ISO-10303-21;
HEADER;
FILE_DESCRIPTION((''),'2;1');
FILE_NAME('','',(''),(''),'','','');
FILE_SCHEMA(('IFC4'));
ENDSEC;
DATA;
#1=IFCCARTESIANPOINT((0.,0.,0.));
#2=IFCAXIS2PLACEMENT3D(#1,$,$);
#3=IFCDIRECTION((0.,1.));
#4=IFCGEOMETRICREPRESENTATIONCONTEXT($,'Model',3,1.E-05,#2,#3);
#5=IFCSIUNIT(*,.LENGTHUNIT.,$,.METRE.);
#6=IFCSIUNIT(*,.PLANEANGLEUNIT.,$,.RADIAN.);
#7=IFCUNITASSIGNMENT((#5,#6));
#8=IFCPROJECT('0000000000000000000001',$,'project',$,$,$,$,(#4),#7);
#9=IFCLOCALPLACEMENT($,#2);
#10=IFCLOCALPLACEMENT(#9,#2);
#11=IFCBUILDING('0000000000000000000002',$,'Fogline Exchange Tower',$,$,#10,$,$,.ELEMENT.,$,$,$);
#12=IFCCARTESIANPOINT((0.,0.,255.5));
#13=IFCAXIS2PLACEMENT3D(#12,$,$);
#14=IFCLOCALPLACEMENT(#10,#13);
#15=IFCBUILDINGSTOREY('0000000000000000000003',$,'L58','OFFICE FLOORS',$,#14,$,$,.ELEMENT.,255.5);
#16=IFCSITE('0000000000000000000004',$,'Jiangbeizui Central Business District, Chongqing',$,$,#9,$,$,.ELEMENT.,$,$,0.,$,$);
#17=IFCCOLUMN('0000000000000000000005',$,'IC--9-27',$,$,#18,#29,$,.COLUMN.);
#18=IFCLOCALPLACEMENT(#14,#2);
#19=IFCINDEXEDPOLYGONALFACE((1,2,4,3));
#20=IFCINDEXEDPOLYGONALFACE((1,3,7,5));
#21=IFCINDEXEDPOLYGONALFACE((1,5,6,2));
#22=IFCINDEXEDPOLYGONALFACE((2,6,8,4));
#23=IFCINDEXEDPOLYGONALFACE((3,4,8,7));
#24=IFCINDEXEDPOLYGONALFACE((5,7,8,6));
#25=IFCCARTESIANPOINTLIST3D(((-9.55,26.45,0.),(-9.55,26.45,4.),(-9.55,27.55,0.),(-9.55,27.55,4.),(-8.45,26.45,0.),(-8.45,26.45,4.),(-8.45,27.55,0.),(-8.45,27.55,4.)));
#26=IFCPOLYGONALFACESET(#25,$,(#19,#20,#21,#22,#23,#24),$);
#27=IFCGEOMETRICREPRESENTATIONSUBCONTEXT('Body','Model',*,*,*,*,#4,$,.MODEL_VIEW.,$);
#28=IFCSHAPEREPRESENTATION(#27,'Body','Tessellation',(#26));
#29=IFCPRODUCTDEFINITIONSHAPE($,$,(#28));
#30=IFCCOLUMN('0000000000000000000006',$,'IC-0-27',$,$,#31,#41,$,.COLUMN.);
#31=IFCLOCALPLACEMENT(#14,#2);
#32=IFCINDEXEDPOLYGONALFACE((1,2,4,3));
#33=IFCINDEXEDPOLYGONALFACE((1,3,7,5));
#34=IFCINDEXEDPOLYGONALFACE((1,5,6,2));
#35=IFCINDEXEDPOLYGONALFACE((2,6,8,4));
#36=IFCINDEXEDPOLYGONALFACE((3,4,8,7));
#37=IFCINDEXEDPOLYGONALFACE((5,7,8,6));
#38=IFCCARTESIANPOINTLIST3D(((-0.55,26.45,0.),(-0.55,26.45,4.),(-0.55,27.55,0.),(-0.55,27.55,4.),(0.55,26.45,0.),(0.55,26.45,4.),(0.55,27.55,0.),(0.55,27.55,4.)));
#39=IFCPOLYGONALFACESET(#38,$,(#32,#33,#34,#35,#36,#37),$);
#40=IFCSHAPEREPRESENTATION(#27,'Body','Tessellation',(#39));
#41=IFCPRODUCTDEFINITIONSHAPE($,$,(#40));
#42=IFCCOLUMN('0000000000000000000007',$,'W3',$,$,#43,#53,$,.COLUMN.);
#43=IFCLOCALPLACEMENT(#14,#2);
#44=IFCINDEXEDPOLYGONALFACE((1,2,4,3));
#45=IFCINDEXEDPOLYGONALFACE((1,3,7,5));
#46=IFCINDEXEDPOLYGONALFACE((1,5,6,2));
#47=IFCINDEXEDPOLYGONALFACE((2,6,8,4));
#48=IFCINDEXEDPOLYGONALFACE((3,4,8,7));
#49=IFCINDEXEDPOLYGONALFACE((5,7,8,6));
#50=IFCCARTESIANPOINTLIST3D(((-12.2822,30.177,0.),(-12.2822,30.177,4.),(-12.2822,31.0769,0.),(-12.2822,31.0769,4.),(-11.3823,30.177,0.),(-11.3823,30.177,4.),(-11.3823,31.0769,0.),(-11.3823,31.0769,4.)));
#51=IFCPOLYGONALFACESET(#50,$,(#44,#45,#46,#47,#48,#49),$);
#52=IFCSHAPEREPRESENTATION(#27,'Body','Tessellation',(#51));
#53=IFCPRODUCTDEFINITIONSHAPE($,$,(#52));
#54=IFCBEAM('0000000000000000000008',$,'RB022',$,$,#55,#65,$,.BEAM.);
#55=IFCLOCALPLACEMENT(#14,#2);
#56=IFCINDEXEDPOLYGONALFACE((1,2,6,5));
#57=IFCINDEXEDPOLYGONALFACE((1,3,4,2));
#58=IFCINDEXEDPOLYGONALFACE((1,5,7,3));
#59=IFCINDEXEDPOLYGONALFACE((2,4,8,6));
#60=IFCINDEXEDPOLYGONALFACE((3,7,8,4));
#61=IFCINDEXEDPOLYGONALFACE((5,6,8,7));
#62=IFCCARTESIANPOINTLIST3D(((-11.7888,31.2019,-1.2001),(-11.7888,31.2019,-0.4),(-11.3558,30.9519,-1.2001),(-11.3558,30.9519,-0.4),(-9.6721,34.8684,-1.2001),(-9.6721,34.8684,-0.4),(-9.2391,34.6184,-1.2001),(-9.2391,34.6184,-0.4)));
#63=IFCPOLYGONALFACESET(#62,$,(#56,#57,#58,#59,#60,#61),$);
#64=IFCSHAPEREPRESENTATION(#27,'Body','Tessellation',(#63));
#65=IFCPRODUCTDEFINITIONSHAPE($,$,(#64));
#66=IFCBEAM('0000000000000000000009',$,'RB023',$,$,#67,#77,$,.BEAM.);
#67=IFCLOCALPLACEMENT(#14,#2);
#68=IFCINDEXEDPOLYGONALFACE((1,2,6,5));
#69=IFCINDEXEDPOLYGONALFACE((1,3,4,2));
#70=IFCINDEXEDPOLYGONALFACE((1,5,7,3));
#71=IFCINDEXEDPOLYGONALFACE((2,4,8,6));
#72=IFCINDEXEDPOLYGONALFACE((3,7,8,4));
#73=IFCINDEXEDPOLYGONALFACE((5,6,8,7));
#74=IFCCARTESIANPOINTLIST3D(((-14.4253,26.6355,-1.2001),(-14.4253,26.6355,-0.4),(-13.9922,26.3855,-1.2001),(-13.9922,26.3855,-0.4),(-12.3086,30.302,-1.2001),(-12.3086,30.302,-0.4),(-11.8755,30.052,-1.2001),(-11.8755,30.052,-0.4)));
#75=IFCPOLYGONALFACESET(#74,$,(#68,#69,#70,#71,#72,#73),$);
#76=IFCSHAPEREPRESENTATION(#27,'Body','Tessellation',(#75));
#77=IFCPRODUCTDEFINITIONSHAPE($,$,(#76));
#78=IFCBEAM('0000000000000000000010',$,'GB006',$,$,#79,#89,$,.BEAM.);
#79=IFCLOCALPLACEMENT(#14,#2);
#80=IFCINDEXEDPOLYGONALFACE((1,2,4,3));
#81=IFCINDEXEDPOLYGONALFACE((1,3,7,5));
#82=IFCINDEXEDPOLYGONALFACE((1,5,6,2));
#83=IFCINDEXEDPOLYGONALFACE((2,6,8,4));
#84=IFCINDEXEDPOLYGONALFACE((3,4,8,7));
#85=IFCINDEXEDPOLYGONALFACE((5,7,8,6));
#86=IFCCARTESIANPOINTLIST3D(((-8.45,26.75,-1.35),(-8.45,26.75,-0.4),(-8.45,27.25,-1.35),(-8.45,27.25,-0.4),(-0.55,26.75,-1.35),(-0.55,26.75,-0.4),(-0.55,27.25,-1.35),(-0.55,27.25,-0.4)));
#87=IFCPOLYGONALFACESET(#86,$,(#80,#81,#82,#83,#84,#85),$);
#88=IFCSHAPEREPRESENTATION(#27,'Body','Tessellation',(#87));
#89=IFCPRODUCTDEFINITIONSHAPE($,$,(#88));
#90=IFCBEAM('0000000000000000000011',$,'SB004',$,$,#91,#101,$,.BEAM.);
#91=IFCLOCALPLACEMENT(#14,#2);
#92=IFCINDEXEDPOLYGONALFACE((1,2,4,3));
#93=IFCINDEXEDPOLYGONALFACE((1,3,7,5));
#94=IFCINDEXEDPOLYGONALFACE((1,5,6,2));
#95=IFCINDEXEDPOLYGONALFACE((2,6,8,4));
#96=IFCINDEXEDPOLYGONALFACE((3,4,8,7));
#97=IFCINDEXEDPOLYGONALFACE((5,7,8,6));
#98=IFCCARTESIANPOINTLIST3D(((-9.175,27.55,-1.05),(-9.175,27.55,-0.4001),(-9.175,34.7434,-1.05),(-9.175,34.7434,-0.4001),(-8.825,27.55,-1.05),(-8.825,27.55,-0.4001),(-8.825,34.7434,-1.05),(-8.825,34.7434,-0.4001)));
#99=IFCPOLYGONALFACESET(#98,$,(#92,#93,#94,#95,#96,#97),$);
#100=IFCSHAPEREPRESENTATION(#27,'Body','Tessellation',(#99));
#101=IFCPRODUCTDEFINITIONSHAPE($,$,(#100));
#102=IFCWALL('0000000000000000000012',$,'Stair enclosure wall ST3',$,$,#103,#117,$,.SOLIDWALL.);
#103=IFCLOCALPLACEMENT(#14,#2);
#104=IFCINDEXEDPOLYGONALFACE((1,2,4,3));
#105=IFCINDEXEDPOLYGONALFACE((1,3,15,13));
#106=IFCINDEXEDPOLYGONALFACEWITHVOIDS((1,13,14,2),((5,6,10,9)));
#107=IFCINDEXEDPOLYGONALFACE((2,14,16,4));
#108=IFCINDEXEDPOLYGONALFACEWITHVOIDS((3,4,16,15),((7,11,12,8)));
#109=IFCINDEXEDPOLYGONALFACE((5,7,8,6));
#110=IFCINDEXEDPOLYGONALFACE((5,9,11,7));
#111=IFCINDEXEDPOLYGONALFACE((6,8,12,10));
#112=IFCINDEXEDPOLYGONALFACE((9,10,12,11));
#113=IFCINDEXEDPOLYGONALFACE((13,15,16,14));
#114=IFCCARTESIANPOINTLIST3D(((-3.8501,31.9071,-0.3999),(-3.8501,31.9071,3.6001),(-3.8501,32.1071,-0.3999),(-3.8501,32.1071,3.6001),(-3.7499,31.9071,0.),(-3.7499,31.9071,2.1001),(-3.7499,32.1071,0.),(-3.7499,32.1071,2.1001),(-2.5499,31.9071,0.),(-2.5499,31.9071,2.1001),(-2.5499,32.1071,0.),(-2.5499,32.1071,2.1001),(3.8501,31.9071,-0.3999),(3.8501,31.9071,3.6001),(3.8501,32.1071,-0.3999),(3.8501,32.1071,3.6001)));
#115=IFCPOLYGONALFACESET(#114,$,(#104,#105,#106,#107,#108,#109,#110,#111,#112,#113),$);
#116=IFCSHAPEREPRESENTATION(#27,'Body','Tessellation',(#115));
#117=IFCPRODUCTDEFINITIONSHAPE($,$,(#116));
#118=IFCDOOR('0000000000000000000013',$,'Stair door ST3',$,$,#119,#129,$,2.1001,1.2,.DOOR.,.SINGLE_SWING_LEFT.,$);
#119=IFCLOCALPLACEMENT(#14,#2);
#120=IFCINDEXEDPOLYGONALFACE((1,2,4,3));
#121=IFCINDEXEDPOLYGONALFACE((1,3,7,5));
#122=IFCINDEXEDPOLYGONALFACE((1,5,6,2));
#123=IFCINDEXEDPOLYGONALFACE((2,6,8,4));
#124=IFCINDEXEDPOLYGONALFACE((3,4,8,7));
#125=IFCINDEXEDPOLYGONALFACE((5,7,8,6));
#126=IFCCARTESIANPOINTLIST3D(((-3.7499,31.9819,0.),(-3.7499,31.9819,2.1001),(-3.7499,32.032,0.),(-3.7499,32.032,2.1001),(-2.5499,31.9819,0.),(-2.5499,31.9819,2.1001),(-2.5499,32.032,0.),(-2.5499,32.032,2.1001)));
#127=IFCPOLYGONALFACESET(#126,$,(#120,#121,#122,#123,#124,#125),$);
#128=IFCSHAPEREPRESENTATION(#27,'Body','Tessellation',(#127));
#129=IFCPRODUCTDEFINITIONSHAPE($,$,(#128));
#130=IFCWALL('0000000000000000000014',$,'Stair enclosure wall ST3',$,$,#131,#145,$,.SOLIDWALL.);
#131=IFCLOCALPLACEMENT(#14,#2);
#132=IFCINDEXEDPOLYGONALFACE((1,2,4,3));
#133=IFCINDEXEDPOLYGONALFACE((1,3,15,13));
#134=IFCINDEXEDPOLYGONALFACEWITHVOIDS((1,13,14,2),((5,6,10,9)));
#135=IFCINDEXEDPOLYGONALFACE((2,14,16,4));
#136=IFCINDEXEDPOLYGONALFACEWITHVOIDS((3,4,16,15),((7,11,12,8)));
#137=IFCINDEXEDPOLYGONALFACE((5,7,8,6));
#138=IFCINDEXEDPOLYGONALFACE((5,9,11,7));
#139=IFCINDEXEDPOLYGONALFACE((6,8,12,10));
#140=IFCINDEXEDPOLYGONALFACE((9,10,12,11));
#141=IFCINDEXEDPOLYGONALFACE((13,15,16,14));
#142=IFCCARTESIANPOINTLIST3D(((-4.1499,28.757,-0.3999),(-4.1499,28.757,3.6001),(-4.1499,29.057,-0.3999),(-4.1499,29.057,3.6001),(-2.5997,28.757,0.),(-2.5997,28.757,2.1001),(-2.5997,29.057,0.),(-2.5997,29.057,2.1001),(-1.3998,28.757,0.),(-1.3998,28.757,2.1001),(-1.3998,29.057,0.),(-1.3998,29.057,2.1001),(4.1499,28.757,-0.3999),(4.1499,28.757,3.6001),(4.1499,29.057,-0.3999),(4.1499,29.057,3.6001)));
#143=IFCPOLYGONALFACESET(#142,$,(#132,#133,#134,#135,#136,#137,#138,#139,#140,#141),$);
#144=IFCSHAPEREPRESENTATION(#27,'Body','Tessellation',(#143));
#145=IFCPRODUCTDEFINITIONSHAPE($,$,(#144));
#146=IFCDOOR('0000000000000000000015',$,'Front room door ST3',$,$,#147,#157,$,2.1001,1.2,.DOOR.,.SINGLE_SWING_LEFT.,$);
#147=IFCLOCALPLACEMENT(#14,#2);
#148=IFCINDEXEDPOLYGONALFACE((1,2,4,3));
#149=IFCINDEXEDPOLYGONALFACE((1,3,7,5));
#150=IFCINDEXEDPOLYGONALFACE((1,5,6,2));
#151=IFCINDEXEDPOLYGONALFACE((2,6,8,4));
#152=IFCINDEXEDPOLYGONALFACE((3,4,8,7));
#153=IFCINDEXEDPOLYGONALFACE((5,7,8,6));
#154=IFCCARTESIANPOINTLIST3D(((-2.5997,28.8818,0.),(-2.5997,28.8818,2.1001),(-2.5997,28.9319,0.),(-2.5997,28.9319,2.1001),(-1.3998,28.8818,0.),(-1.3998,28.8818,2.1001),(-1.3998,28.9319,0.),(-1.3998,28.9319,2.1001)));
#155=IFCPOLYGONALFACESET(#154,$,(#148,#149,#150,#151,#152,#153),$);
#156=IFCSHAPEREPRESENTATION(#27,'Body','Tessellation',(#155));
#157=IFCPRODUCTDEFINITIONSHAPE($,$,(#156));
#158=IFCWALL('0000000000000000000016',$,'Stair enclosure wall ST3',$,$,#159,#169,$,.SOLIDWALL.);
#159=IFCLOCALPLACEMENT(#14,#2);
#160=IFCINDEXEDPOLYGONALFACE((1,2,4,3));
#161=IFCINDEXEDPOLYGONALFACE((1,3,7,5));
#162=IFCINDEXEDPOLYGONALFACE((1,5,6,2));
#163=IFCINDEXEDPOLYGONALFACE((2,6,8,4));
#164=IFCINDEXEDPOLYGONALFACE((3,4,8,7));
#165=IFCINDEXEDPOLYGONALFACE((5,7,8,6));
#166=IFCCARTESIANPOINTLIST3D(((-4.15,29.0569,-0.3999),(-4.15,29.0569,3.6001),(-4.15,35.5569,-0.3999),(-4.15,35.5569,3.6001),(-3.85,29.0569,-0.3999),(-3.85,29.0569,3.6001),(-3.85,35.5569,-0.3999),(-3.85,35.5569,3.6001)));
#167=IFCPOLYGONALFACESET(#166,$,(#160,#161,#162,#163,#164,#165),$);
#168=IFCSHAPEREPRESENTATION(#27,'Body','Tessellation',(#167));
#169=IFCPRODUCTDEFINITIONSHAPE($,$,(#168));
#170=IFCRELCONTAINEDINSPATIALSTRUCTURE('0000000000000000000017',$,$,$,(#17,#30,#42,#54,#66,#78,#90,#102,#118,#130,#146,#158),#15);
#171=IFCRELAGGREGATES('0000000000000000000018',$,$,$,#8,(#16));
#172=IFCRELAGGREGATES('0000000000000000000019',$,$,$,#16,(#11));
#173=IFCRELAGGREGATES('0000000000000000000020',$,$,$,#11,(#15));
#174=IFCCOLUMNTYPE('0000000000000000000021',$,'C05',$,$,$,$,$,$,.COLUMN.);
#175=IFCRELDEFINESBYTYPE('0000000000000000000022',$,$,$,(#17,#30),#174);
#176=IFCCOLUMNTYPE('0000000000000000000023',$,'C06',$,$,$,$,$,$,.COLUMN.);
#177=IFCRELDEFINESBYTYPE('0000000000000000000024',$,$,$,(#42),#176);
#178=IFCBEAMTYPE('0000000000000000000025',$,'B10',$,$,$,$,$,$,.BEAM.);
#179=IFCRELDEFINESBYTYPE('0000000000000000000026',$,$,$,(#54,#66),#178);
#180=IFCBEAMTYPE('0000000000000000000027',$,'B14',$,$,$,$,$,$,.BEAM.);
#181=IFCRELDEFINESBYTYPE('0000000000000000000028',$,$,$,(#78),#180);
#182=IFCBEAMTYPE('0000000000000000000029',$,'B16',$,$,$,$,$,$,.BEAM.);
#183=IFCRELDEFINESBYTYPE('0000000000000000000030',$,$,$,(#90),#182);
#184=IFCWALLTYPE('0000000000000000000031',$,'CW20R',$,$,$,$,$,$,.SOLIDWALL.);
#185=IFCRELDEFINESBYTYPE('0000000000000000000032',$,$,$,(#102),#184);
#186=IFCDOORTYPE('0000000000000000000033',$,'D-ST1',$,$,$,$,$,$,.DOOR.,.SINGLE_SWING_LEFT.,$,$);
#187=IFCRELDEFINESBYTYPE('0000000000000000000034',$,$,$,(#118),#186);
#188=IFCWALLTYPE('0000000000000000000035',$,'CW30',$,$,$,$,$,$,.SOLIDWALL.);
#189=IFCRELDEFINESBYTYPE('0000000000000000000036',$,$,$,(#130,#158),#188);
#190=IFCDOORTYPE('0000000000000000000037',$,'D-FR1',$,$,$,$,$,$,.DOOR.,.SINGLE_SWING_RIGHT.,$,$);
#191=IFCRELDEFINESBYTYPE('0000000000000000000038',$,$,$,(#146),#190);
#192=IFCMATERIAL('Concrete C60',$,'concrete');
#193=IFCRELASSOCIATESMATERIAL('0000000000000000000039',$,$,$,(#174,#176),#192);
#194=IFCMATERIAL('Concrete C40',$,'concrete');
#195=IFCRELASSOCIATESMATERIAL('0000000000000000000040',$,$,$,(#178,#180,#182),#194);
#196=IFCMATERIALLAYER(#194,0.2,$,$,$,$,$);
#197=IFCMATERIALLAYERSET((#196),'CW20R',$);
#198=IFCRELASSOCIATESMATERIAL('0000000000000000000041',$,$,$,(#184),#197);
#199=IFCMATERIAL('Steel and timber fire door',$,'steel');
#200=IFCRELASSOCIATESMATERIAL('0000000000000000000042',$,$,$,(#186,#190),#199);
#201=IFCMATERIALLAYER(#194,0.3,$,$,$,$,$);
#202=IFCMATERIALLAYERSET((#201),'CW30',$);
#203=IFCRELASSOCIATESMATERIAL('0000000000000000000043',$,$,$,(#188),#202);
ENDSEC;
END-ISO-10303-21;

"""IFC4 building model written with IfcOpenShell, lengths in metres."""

from ifc_helpers import new_model, si_unit, direction, frame, frame_2d, origin, origin_2d, place, context, subcontext, project, spatial, rectangle, extrude, material, layer, layer_set, material_profile, profile_set, type_object, element, fill, save


model = new_model("IFC4")

# Units and contexts
model_context = context("Model", 3, precision=1e-05, world=origin(), true_north=direction((0.0, 1.0)))
body_context = subcontext(model_context, "Body", "Model", "MODEL_VIEW")
ifc_project = project(units=[si_unit("LENGTHUNIT", "METRE"), si_unit("PLANEANGLEUNIT", "RADIAN")], contexts=[model_context])

# Site, building, storey
site_placement = place(None, origin())
site = spatial("IfcSite", under=ifc_project, at=site_placement, Name="Jiangbeizui Central Business District, Chongqing", CompositionType="ELEMENT", RefElevation=0.0)
building_placement = place(site_placement, origin())
building = spatial("IfcBuilding", under=site, at=building_placement, Name="Fogline Exchange Tower", CompositionType="ELEMENT")
storey_placement = place(building_placement, frame((0.0, 0.0, 255.5)))
storey = spatial("IfcBuildingStorey", under=building, at=storey_placement, Name="L58", Description="OFFICE FLOORS", CompositionType="ELEMENT", Elevation=255.5)

# Columns
ifc_material_1 = material(Name="Concrete C60", Category="concrete")
ifc_material_profile_1 = material_profile(ifc_material_1, rectangle(XDim=1.1001, YDim=1.1001, at=origin_2d()), Name="RC 1100x1100")
ifc_profile_set_1 = profile_set([ifc_material_profile_1], Name="Concrete C60")
column_type_1 = type_object("IfcColumnType", Name="C05", PredefinedType="COLUMN", material=ifc_profile_set_1)
for number, where, z_axis, x_axis, name in (
    (1, (-9.0, 27.0, 0.0), (0.0, 0.0, 1.0), (1.0, 0.0, 0.0), "IC--9-27"),
    (2, (0.0, 27.0, 0.0), (0.0, 0.0, 1.0), (1.0, 0.0, 0.0), "IC-0-27"),
):
    element("IfcColumn", number, at=place(storey_placement, frame(where, z_axis=z_axis, x_axis=x_axis)), inside=storey, type_object=column_type_1, Name=name, PredefinedType="COLUMN", context=body_context, shape_type="SweptSolid", body=[
        extrude(rectangle(XDim=1.1001, YDim=1.1001, at=origin_2d()), origin(), (0.0, 0.0, 1.0), 4.0),
    ])
ifc_material_profile_2 = material_profile(ifc_material_1, rectangle(XDim=0.8999, YDim=0.8999, at=origin_2d()), Name="RC 900x900")
ifc_profile_set_2 = profile_set([ifc_material_profile_2], Name="Concrete C60")
column_type_2 = type_object("IfcColumnType", Name="C06", PredefinedType="COLUMN", material=ifc_profile_set_2)
column_placement = place(storey_placement, frame((-11.8323, 30.627, 0.0), z_axis=(0.0, 0.0, 1.0), x_axis=(1.0, 0.0, 0.0)))
element("IfcColumn", 3, at=column_placement, inside=storey, type_object=column_type_2, Name="W3", PredefinedType="COLUMN", context=body_context, shape_type="SweptSolid", body=[
    extrude(rectangle(XDim=0.8999, YDim=0.8999, at=origin_2d()), origin(), (0.0, 0.0, 1.0), 4.0),
])

# Beams
ifc_material_2 = material(Name="Concrete C40", Category="concrete")
ifc_material_profile_3 = material_profile(ifc_material_2, rectangle(XDim=0.5, YDim=0.8, at=origin_2d()), Name="RC 500x800")
ifc_profile_set_3 = profile_set([ifc_material_profile_3], Name="Concrete C40")
beam_type_1 = type_object("IfcBeamType", Name="B10", PredefinedType="BEAM", material=ifc_profile_set_3)
for number, where, z_axis, x_axis, name in (
    (4, (-9.4556, 34.7434, -0.8), (-0.499972, -0.866042, 0.0), (0.866042, -0.499972, 0.0), "RB022"),
    (5, (-12.092, 30.177, -0.8), (-0.499972, -0.866042, 0.0), (0.866042, -0.499972, 0.0), "RB023"),
):
    element("IfcBeam", number, at=place(storey_placement, frame(where, z_axis=z_axis, x_axis=x_axis)), inside=storey, type_object=beam_type_1, Name=name, PredefinedType="BEAM", context=body_context, shape_type="SweptSolid", body=[
        extrude(rectangle(XDim=0.5, YDim=0.8, at=origin_2d()), origin(), (0.0, 0.0, 1.0), 4.2336),
    ])
ifc_material_profile_4 = material_profile(ifc_material_2, rectangle(XDim=0.5, YDim=0.95, at=origin_2d()), Name="RC 500x950")
ifc_profile_set_4 = profile_set([ifc_material_profile_4], Name="Concrete C40")
beam_type_2 = type_object("IfcBeamType", Name="B14", PredefinedType="BEAM", material=ifc_profile_set_4)
beam_1_placement = place(storey_placement, frame((-8.45, 27.0, -0.875), z_axis=(1.0, 0.0, 0.0), x_axis=(0.0, 1.0, 0.0)))
element("IfcBeam", 6, at=beam_1_placement, inside=storey, type_object=beam_type_2, Name="GB006", PredefinedType="BEAM", context=body_context, shape_type="SweptSolid", body=[
    extrude(rectangle(XDim=0.5, YDim=0.95, at=origin_2d()), origin(), (0.0, 0.0, 1.0), 7.8999),
])
ifc_material_profile_5 = material_profile(ifc_material_2, rectangle(XDim=0.3501, YDim=0.6499, at=origin_2d()), Name="RC 350x650")
ifc_profile_set_5 = profile_set([ifc_material_profile_5], Name="Concrete C40")
beam_type_3 = type_object("IfcBeamType", Name="B16", PredefinedType="BEAM", material=ifc_profile_set_5)
beam_2_placement = place(storey_placement, frame((-9.0, 27.55, -0.7251), z_axis=(0.0, 1.0, 0.0), x_axis=(-1.0, 0.0, 0.0)))
element("IfcBeam", 7, at=beam_2_placement, inside=storey, type_object=beam_type_3, Name="SB004", PredefinedType="BEAM", context=body_context, shape_type="SweptSolid", body=[
    extrude(rectangle(XDim=0.3501, YDim=0.6499, at=origin_2d()), origin(), (0.0, 0.0, 1.0), 7.1934),
])

# Walls, openings, doors
ifc_layer_1 = layer(ifc_material_2, 0.2)
ifc_layer_set_1 = layer_set([ifc_layer_1], Name="CW20R")
wall_type_1 = type_object("IfcWallType", Name="CW20R", PredefinedType="SOLIDWALL", material=ifc_layer_set_1)
wall_1_placement = place(storey_placement, frame((-3.8501, 32.0071, -0.3999), z_axis=(0.0, 0.0, 1.0), x_axis=(1.0, 0.0, 0.0)))
wall_1 = element("IfcWall", 8, at=wall_1_placement, inside=storey, type_object=wall_type_1, Name="Stair enclosure wall ST3", PredefinedType="SOLIDWALL", context=body_context, shape_type="SweptSolid", body=[
    extrude(rectangle(XDim=7.7002, YDim=0.2, at=frame_2d((3.8501, 0.0))), origin(), (0.0, 0.0, 1.0), 4.0),
])
opening_1_placement = place(wall_1_placement, frame((0.1001, 0.0, 0.3999)))
opening_1 = element("IfcOpeningElement", 9, at=opening_1_placement, cuts=wall_1, PredefinedType="OPENING", context=body_context, shape_type="SweptSolid", body=[
    extrude(rectangle(XDim=1.2, YDim=2.1001, at=frame_2d((0.6001, 1.05))), frame((0.0, 0.1099, 0.0), z_axis=(0.0, -1.0, 0.0), x_axis=(1.0, 0.0, 0.0)), (0.0, 0.0, 1.0), 0.22),
])
ifc_material_3 = material(Name="Steel and timber fire door", Category="steel")
door_type_1 = type_object("IfcDoorType", Name="D-ST1", OperationType="SINGLE_SWING_LEFT", PredefinedType="DOOR", material=ifc_material_3)
door_1_placement = place(opening_1_placement, origin())
door_1 = element("IfcDoor", 10, at=door_1_placement, inside=storey, type_object=door_type_1, Name="Stair door ST3", OperationType="SINGLE_SWING_LEFT", OverallHeight=2.1001, OverallWidth=1.2, PredefinedType="DOOR", context=body_context, shape_type="SweptSolid", body=[
    extrude(rectangle(XDim=1.2, YDim=2.1001, at=frame_2d((0.6001, 1.05))), frame((0.0, 0.0249, 0.0), z_axis=(0.0, -1.0, 0.0), x_axis=(1.0, 0.0, 0.0)), (0.0, 0.0, 1.0), 0.05),
])
fill(opening_1, door_1)
ifc_layer_2 = layer(ifc_material_2, 0.3)
ifc_layer_set_2 = layer_set([ifc_layer_2], Name="CW30")
wall_type_2 = type_object("IfcWallType", Name="CW30", PredefinedType="SOLIDWALL", material=ifc_layer_set_2)
wall_2_placement = place(storey_placement, frame((-4.1499, 28.907, -0.3999), z_axis=(0.0, 0.0, 1.0), x_axis=(1.0, 0.0, 0.0)))
wall_2 = element("IfcWall", 11, at=wall_2_placement, inside=storey, type_object=wall_type_2, Name="Stair enclosure wall ST3", PredefinedType="SOLIDWALL", context=body_context, shape_type="SweptSolid", body=[
    extrude(rectangle(XDim=8.2998, YDim=0.3, at=frame_2d((4.1499, 0.0))), origin(), (0.0, 0.0, 1.0), 4.0),
])
opening_2_placement = place(wall_2_placement, frame((1.55, 0.0, 0.3999)))
opening_2 = element("IfcOpeningElement", 12, at=opening_2_placement, cuts=wall_2, PredefinedType="OPENING", context=body_context, shape_type="SweptSolid", body=[
    extrude(rectangle(XDim=1.2, YDim=2.1001, at=frame_2d((0.6001, 1.05))), frame((0.0, 0.1602, 0.0), z_axis=(0.0, -1.0, 0.0), x_axis=(1.0, 0.0, 0.0)), (0.0, 0.0, 1.0), 0.3201),
])
door_type_2 = type_object("IfcDoorType", Name="D-FR1", OperationType="SINGLE_SWING_RIGHT", PredefinedType="DOOR", material=ifc_material_3)
door_2_placement = place(opening_2_placement, origin())
door_2 = element("IfcDoor", 13, at=door_2_placement, inside=storey, type_object=door_type_2, Name="Front room door ST3", OperationType="SINGLE_SWING_LEFT", OverallHeight=2.1001, OverallWidth=1.2, PredefinedType="DOOR", context=body_context, shape_type="SweptSolid", body=[
    extrude(rectangle(XDim=1.2, YDim=2.1001, at=frame_2d((0.6001, 1.05))), frame((0.0, 0.0249, 0.0), z_axis=(0.0, -1.0, 0.0), x_axis=(1.0, 0.0, 0.0)), (0.0, 0.0, 1.0), 0.05),
])
fill(opening_2, door_2)

# Wall
wall_3_placement = place(storey_placement, frame((-4.0, 29.0569, -0.3999), z_axis=(0.0, 0.0, 1.0), x_axis=(0.0, 1.0, 0.0)))
element("IfcWall", 14, at=wall_3_placement, inside=storey, type_object=wall_type_2, Name="Stair enclosure wall ST3", PredefinedType="SOLIDWALL", context=body_context, shape_type="SweptSolid", body=[
    extrude(rectangle(XDim=6.5, YDim=0.3, at=frame_2d((3.25, 0.0))), origin(), (0.0, 0.0, 1.0), 4.0),
])

save(model, "model.ifc")
